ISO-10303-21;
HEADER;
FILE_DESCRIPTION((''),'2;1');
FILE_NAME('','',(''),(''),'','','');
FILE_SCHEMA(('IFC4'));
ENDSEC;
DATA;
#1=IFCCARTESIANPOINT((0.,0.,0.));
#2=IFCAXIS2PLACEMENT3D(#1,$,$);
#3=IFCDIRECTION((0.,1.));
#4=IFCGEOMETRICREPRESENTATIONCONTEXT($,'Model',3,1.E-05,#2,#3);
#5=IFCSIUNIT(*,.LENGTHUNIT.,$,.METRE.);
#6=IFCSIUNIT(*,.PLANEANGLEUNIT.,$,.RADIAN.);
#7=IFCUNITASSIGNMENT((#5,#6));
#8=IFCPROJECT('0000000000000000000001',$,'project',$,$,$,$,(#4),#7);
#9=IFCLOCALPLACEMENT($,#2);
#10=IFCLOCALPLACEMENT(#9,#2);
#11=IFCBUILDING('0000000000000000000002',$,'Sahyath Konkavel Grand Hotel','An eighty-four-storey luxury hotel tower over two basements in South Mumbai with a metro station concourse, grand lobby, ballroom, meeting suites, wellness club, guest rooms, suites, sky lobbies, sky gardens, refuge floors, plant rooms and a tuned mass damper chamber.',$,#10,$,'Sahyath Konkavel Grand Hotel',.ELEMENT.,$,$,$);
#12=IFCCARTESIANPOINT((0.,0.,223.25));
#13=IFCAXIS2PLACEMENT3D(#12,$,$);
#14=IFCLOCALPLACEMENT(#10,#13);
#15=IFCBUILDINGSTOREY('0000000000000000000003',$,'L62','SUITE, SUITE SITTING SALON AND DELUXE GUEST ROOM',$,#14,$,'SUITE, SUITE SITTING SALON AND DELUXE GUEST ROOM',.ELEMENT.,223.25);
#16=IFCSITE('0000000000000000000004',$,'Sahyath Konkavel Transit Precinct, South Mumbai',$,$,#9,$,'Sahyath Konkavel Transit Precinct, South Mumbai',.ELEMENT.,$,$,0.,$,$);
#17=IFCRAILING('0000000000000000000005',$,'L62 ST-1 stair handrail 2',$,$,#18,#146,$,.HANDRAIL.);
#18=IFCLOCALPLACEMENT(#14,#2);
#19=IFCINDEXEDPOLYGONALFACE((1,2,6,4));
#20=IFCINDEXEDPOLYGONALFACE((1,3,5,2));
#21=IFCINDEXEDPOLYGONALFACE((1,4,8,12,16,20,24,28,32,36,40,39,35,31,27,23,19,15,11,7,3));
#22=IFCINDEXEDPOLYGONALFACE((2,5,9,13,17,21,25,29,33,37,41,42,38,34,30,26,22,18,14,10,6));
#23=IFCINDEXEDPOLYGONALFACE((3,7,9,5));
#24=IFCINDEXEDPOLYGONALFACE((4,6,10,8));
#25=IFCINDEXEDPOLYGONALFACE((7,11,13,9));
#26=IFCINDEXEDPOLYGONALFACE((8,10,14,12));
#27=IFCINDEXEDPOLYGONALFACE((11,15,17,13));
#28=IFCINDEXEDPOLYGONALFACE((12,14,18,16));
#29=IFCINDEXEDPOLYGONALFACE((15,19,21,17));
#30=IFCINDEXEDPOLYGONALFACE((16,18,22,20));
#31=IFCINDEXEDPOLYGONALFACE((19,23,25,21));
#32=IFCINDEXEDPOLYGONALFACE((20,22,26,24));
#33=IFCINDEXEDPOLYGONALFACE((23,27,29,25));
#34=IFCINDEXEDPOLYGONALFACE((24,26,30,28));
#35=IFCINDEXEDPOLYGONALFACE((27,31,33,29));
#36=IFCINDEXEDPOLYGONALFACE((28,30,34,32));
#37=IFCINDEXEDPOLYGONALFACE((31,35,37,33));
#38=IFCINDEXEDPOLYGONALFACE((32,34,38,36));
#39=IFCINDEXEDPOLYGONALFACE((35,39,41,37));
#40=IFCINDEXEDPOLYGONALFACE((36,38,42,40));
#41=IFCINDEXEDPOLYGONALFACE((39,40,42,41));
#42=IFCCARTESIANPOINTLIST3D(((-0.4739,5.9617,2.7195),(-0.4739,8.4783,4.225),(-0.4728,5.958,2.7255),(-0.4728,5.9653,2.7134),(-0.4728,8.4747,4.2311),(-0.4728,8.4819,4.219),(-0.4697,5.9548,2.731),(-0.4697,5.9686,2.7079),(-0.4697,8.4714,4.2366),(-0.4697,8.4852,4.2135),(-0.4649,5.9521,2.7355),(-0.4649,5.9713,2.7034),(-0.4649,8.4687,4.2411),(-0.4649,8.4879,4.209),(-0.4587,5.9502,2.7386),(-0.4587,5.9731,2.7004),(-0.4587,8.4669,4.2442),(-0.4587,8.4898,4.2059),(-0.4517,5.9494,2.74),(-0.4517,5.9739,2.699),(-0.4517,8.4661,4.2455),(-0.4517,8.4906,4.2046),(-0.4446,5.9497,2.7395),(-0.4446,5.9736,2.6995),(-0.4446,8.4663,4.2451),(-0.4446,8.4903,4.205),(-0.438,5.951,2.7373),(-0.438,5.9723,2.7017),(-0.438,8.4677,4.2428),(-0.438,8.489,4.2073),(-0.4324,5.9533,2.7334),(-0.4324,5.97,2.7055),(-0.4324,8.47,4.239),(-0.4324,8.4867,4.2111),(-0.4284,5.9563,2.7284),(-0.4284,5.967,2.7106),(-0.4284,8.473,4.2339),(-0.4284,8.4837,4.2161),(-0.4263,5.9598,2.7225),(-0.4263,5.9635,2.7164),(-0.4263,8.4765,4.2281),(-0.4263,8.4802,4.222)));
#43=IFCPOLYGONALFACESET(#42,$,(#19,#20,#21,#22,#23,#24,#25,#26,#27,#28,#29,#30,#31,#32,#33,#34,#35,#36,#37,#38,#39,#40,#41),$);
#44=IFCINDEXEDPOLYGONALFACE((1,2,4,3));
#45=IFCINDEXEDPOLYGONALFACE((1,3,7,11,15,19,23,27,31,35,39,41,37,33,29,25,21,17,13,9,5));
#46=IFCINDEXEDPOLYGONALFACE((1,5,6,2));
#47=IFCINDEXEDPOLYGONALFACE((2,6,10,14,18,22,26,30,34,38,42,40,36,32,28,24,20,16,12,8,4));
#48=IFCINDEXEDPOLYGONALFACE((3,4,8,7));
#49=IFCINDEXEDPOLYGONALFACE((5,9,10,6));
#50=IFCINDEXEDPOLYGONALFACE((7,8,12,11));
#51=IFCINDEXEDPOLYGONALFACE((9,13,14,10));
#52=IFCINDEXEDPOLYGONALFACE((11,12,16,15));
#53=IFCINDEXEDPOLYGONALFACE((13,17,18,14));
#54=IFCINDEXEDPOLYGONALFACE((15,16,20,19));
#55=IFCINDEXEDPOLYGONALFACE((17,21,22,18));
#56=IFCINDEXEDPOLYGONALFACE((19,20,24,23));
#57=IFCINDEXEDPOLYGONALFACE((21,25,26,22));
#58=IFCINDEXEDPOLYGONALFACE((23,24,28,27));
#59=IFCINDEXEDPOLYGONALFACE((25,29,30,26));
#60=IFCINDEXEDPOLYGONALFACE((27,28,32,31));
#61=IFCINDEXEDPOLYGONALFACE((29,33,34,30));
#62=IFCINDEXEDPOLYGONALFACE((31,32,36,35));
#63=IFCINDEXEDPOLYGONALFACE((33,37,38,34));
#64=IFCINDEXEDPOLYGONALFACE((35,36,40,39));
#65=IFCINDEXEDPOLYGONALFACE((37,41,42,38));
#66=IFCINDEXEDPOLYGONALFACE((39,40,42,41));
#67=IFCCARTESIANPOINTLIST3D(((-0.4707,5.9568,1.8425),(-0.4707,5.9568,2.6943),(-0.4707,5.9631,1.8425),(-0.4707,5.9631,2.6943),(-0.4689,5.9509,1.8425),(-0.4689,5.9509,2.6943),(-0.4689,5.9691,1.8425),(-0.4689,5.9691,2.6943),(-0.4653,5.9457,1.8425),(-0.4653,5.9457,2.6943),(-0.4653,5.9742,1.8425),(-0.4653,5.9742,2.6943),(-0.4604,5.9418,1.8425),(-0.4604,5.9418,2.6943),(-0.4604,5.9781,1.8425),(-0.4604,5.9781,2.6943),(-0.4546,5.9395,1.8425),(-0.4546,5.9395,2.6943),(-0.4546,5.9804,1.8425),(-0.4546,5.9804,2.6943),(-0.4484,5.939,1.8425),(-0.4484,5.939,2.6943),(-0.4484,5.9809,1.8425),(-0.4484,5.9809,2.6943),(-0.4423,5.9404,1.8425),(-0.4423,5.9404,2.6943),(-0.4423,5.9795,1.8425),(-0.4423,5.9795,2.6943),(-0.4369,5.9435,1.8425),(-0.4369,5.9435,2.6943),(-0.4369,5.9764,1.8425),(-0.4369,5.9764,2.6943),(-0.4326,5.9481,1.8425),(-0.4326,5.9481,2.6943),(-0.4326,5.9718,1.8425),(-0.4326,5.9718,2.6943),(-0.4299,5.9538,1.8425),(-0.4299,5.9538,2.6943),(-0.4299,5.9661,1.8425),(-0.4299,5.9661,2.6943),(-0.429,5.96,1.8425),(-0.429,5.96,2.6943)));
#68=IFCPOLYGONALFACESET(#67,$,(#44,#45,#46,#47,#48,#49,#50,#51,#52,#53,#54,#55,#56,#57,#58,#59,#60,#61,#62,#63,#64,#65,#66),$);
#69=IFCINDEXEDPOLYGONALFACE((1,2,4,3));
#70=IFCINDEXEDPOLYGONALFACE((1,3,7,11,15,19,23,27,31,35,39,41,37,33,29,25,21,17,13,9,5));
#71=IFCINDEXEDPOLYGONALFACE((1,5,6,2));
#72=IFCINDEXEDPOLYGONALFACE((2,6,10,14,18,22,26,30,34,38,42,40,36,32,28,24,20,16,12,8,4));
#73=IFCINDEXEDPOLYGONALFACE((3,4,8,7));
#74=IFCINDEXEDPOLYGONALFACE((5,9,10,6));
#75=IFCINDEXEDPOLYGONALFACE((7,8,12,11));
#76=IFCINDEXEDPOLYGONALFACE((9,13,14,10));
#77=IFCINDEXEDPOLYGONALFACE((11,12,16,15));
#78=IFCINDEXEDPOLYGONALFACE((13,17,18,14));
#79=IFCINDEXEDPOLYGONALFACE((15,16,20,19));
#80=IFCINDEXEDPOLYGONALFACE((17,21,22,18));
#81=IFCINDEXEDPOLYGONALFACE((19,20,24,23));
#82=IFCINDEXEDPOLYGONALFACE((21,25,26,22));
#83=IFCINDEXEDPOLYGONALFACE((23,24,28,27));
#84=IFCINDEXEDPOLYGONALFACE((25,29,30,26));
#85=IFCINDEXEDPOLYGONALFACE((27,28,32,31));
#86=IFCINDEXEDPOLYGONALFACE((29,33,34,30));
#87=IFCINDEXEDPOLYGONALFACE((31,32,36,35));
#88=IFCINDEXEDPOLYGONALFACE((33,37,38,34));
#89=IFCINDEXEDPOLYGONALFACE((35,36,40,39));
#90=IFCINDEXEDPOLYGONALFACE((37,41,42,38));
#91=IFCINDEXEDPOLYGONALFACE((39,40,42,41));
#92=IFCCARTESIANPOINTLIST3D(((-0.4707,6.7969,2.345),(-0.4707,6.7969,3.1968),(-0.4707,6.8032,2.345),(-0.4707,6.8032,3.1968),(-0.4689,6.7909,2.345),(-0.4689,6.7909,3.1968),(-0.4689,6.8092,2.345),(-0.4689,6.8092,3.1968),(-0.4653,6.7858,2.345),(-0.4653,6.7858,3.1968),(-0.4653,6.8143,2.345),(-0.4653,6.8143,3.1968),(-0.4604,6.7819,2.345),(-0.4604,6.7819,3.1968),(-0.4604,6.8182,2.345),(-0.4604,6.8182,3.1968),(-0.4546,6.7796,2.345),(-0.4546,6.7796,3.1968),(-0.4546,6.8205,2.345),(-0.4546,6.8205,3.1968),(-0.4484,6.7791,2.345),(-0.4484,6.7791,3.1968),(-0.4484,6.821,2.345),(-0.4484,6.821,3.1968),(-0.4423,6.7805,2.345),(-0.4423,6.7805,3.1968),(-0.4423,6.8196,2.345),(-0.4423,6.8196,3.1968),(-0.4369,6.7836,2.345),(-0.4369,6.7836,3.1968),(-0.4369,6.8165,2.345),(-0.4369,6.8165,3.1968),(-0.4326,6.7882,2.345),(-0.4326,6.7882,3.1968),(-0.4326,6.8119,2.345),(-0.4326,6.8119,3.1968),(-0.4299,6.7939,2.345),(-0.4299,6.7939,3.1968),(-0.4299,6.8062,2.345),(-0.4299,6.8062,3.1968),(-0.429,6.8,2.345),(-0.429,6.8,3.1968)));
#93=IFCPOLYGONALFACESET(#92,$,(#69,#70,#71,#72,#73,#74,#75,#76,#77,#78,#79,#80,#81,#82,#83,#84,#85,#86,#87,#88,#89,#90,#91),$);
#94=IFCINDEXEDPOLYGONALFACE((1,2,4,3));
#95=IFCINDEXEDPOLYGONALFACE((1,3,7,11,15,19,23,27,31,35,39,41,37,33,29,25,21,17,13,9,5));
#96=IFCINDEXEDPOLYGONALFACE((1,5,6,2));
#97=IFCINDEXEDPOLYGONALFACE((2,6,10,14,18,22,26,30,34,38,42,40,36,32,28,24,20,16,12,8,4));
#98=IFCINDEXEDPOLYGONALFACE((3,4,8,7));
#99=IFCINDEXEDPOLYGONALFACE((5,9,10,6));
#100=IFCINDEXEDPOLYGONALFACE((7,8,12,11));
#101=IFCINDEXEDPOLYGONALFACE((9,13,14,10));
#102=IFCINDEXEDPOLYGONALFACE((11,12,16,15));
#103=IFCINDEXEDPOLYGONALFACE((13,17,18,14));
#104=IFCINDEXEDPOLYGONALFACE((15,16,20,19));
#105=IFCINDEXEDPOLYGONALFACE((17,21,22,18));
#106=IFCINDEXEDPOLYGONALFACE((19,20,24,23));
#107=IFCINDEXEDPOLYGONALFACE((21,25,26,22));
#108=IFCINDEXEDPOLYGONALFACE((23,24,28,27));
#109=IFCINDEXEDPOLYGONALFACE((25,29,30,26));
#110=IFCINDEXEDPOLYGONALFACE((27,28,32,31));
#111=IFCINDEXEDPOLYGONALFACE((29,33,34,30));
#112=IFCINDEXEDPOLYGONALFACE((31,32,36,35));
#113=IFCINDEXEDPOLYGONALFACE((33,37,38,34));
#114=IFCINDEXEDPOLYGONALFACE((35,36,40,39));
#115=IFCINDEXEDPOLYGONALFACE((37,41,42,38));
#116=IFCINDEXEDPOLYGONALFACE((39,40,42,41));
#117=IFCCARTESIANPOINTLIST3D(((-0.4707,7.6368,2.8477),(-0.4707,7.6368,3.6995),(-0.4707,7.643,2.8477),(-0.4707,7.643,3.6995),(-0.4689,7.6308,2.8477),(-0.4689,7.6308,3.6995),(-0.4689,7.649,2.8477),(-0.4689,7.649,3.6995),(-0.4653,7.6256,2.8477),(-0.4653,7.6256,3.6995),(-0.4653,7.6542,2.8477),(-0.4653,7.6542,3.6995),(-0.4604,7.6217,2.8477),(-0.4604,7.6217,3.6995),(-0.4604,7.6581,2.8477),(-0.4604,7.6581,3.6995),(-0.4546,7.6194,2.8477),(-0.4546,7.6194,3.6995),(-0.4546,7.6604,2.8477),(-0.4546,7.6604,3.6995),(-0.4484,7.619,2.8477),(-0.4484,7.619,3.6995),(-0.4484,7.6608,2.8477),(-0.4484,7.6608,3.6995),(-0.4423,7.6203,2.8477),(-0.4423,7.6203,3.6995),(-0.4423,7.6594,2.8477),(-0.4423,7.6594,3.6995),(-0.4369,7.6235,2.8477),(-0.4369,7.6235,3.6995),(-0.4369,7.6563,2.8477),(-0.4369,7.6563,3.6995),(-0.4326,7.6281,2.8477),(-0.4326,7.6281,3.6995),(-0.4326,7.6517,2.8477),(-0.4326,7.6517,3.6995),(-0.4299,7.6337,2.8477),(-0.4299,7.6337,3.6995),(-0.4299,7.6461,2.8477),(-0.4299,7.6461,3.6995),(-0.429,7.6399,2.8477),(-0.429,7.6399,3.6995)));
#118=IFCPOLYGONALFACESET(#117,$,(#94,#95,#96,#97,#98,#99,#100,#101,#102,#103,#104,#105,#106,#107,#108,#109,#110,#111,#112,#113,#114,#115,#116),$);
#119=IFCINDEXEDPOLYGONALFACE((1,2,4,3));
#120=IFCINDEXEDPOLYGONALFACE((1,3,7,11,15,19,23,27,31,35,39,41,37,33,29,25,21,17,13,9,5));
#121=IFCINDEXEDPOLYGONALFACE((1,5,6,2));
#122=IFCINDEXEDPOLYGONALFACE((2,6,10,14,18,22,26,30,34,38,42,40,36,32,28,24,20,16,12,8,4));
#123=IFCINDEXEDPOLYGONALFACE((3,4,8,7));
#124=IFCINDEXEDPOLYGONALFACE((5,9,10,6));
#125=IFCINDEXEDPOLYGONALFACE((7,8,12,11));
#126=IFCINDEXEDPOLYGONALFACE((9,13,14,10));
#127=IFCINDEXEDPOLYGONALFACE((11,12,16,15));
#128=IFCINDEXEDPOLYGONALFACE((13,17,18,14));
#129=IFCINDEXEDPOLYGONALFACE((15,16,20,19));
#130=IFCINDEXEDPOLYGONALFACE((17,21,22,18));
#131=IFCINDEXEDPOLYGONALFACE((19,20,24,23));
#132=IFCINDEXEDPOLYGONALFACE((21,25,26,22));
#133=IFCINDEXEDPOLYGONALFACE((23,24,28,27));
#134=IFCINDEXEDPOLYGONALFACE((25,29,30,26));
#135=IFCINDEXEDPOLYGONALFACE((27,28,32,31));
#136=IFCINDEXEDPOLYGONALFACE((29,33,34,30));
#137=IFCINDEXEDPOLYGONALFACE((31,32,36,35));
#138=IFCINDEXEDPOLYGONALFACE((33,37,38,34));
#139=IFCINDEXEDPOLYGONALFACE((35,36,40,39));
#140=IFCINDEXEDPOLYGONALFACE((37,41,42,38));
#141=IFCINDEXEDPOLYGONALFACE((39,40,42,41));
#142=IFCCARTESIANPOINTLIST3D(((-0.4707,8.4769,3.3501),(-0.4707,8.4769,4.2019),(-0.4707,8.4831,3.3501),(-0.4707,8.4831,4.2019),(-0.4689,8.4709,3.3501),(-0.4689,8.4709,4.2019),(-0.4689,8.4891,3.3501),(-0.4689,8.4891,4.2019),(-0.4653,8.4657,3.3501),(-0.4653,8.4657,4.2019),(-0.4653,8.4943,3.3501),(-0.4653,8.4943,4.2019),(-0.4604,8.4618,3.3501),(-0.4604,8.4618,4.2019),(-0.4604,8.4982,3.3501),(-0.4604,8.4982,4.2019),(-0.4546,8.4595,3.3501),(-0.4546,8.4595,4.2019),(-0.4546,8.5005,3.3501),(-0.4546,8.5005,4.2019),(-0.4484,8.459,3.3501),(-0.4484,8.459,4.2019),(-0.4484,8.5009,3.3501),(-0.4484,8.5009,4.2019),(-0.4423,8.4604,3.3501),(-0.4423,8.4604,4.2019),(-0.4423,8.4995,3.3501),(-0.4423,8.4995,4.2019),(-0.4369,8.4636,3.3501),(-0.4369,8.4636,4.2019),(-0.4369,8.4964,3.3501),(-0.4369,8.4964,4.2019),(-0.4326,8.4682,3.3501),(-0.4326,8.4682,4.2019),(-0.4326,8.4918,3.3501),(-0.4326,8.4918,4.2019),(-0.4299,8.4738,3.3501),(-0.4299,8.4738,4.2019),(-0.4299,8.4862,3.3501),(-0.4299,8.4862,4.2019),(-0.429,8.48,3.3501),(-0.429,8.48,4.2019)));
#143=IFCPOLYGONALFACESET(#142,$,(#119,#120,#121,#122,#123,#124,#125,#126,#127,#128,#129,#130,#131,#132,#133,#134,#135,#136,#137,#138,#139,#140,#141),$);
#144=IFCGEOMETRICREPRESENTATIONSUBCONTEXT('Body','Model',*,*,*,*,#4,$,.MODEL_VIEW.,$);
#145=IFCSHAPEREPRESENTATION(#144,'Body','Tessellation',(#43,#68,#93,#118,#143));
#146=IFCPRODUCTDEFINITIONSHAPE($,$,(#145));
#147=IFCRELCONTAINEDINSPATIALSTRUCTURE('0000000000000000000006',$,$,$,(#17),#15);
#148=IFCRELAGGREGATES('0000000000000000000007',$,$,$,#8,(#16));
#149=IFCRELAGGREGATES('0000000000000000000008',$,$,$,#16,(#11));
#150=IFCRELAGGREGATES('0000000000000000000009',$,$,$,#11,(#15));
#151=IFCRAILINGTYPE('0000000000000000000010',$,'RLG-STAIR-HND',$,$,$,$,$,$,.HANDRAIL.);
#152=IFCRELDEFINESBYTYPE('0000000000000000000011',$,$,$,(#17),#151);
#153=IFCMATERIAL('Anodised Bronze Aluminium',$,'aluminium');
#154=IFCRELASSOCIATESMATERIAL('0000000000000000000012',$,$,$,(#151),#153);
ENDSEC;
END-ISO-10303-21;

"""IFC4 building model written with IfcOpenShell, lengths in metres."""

from ifc_helpers import new_model, si_unit, direction, frame, origin, origin_2d, place, context, subcontext, project, spatial, circle, extrude, material, type_object, element, save


model = new_model("IFC4")

# Units and contexts
model_context = context("Model", 3, precision=1e-05, world=origin(), true_north=direction((0.0, 1.0)))
body_context = subcontext(model_context, "Body", "Model", "MODEL_VIEW")
ifc_project = project(units=[si_unit("LENGTHUNIT", "METRE"), si_unit("PLANEANGLEUNIT", "RADIAN")], contexts=[model_context])

# Site, building, storey
site_placement = place(None, origin())
site = spatial("IfcSite", under=ifc_project, at=site_placement, Name="Sahyath Konkavel Transit Precinct, South Mumbai", LongName="Sahyath Konkavel Transit Precinct, South Mumbai", CompositionType="ELEMENT", RefElevation=0.0)
building_placement = place(site_placement, origin())
building = spatial("IfcBuilding", under=site, at=building_placement, Name="Sahyath Konkavel Grand Hotel", Description="An eighty-four-storey luxury hotel tower over two basements in South Mumbai with a metro station concourse, grand lobby, ballroom, meeting suites, wellness club, guest rooms, suites, sky lobbies, sky gardens, refuge floors, plant rooms and a tuned mass damper chamber.", LongName="Sahyath Konkavel Grand Hotel", CompositionType="ELEMENT")
storey_placement = place(building_placement, frame((0.0, 0.0, 223.25)))
storey = spatial("IfcBuildingStorey", under=building, at=storey_placement, Name="L62", Description="SUITE, SUITE SITTING SALON AND DELUXE GUEST ROOM", LongName="SUITE, SUITE SITTING SALON AND DELUXE GUEST ROOM", CompositionType="ELEMENT", Elevation=223.25)

# Shared definitions
ifc_material_1 = material(Name="Anodised Bronze Aluminium", Category="aluminium")

# Railing
railing_type_1 = type_object("IfcRailingType", Name="RLG-STAIR-HND", PredefinedType="HANDRAIL", material=ifc_material_1)
railing_1_placement = place(storey_placement, frame((-0.45, 5.96, 1.8425)))
element("IfcRailing", 1, at=railing_1_placement, inside=storey, type_object=railing_type_1, Name="L62 ST-1 stair handrail 2", PredefinedType="HANDRAIL", context=body_context, shape_type="SweptSolid", body=[
    extrude(circle(Radius=0.0239, at=origin_2d()), frame((0.0, 0.0017, 0.877), z_axis=(0.0, 0.85816, 0.513383), x_axis=(-1.0, 0.0, 0.0)), (0.0, 0.0, 1.0), 2.9326),
    extrude(circle(Radius=0.021, at=origin_2d()), origin(), (0.0, 0.0, 1.0), 0.8518),
    extrude(circle(Radius=0.021, at=origin_2d()), frame((0.0, 0.8401, 0.5024)), (0.0, 0.0, 1.0), 0.8518),
    extrude(circle(Radius=0.021, at=origin_2d()), frame((0.0, 1.6799, 1.0051)), (0.0, 0.0, 1.0), 0.8518),
    extrude(circle(Radius=0.021, at=origin_2d()), frame((0.0, 2.52, 1.5076)), (0.0, 0.0, 1.0), 0.8518),
])

save(model, "model.ifc")
